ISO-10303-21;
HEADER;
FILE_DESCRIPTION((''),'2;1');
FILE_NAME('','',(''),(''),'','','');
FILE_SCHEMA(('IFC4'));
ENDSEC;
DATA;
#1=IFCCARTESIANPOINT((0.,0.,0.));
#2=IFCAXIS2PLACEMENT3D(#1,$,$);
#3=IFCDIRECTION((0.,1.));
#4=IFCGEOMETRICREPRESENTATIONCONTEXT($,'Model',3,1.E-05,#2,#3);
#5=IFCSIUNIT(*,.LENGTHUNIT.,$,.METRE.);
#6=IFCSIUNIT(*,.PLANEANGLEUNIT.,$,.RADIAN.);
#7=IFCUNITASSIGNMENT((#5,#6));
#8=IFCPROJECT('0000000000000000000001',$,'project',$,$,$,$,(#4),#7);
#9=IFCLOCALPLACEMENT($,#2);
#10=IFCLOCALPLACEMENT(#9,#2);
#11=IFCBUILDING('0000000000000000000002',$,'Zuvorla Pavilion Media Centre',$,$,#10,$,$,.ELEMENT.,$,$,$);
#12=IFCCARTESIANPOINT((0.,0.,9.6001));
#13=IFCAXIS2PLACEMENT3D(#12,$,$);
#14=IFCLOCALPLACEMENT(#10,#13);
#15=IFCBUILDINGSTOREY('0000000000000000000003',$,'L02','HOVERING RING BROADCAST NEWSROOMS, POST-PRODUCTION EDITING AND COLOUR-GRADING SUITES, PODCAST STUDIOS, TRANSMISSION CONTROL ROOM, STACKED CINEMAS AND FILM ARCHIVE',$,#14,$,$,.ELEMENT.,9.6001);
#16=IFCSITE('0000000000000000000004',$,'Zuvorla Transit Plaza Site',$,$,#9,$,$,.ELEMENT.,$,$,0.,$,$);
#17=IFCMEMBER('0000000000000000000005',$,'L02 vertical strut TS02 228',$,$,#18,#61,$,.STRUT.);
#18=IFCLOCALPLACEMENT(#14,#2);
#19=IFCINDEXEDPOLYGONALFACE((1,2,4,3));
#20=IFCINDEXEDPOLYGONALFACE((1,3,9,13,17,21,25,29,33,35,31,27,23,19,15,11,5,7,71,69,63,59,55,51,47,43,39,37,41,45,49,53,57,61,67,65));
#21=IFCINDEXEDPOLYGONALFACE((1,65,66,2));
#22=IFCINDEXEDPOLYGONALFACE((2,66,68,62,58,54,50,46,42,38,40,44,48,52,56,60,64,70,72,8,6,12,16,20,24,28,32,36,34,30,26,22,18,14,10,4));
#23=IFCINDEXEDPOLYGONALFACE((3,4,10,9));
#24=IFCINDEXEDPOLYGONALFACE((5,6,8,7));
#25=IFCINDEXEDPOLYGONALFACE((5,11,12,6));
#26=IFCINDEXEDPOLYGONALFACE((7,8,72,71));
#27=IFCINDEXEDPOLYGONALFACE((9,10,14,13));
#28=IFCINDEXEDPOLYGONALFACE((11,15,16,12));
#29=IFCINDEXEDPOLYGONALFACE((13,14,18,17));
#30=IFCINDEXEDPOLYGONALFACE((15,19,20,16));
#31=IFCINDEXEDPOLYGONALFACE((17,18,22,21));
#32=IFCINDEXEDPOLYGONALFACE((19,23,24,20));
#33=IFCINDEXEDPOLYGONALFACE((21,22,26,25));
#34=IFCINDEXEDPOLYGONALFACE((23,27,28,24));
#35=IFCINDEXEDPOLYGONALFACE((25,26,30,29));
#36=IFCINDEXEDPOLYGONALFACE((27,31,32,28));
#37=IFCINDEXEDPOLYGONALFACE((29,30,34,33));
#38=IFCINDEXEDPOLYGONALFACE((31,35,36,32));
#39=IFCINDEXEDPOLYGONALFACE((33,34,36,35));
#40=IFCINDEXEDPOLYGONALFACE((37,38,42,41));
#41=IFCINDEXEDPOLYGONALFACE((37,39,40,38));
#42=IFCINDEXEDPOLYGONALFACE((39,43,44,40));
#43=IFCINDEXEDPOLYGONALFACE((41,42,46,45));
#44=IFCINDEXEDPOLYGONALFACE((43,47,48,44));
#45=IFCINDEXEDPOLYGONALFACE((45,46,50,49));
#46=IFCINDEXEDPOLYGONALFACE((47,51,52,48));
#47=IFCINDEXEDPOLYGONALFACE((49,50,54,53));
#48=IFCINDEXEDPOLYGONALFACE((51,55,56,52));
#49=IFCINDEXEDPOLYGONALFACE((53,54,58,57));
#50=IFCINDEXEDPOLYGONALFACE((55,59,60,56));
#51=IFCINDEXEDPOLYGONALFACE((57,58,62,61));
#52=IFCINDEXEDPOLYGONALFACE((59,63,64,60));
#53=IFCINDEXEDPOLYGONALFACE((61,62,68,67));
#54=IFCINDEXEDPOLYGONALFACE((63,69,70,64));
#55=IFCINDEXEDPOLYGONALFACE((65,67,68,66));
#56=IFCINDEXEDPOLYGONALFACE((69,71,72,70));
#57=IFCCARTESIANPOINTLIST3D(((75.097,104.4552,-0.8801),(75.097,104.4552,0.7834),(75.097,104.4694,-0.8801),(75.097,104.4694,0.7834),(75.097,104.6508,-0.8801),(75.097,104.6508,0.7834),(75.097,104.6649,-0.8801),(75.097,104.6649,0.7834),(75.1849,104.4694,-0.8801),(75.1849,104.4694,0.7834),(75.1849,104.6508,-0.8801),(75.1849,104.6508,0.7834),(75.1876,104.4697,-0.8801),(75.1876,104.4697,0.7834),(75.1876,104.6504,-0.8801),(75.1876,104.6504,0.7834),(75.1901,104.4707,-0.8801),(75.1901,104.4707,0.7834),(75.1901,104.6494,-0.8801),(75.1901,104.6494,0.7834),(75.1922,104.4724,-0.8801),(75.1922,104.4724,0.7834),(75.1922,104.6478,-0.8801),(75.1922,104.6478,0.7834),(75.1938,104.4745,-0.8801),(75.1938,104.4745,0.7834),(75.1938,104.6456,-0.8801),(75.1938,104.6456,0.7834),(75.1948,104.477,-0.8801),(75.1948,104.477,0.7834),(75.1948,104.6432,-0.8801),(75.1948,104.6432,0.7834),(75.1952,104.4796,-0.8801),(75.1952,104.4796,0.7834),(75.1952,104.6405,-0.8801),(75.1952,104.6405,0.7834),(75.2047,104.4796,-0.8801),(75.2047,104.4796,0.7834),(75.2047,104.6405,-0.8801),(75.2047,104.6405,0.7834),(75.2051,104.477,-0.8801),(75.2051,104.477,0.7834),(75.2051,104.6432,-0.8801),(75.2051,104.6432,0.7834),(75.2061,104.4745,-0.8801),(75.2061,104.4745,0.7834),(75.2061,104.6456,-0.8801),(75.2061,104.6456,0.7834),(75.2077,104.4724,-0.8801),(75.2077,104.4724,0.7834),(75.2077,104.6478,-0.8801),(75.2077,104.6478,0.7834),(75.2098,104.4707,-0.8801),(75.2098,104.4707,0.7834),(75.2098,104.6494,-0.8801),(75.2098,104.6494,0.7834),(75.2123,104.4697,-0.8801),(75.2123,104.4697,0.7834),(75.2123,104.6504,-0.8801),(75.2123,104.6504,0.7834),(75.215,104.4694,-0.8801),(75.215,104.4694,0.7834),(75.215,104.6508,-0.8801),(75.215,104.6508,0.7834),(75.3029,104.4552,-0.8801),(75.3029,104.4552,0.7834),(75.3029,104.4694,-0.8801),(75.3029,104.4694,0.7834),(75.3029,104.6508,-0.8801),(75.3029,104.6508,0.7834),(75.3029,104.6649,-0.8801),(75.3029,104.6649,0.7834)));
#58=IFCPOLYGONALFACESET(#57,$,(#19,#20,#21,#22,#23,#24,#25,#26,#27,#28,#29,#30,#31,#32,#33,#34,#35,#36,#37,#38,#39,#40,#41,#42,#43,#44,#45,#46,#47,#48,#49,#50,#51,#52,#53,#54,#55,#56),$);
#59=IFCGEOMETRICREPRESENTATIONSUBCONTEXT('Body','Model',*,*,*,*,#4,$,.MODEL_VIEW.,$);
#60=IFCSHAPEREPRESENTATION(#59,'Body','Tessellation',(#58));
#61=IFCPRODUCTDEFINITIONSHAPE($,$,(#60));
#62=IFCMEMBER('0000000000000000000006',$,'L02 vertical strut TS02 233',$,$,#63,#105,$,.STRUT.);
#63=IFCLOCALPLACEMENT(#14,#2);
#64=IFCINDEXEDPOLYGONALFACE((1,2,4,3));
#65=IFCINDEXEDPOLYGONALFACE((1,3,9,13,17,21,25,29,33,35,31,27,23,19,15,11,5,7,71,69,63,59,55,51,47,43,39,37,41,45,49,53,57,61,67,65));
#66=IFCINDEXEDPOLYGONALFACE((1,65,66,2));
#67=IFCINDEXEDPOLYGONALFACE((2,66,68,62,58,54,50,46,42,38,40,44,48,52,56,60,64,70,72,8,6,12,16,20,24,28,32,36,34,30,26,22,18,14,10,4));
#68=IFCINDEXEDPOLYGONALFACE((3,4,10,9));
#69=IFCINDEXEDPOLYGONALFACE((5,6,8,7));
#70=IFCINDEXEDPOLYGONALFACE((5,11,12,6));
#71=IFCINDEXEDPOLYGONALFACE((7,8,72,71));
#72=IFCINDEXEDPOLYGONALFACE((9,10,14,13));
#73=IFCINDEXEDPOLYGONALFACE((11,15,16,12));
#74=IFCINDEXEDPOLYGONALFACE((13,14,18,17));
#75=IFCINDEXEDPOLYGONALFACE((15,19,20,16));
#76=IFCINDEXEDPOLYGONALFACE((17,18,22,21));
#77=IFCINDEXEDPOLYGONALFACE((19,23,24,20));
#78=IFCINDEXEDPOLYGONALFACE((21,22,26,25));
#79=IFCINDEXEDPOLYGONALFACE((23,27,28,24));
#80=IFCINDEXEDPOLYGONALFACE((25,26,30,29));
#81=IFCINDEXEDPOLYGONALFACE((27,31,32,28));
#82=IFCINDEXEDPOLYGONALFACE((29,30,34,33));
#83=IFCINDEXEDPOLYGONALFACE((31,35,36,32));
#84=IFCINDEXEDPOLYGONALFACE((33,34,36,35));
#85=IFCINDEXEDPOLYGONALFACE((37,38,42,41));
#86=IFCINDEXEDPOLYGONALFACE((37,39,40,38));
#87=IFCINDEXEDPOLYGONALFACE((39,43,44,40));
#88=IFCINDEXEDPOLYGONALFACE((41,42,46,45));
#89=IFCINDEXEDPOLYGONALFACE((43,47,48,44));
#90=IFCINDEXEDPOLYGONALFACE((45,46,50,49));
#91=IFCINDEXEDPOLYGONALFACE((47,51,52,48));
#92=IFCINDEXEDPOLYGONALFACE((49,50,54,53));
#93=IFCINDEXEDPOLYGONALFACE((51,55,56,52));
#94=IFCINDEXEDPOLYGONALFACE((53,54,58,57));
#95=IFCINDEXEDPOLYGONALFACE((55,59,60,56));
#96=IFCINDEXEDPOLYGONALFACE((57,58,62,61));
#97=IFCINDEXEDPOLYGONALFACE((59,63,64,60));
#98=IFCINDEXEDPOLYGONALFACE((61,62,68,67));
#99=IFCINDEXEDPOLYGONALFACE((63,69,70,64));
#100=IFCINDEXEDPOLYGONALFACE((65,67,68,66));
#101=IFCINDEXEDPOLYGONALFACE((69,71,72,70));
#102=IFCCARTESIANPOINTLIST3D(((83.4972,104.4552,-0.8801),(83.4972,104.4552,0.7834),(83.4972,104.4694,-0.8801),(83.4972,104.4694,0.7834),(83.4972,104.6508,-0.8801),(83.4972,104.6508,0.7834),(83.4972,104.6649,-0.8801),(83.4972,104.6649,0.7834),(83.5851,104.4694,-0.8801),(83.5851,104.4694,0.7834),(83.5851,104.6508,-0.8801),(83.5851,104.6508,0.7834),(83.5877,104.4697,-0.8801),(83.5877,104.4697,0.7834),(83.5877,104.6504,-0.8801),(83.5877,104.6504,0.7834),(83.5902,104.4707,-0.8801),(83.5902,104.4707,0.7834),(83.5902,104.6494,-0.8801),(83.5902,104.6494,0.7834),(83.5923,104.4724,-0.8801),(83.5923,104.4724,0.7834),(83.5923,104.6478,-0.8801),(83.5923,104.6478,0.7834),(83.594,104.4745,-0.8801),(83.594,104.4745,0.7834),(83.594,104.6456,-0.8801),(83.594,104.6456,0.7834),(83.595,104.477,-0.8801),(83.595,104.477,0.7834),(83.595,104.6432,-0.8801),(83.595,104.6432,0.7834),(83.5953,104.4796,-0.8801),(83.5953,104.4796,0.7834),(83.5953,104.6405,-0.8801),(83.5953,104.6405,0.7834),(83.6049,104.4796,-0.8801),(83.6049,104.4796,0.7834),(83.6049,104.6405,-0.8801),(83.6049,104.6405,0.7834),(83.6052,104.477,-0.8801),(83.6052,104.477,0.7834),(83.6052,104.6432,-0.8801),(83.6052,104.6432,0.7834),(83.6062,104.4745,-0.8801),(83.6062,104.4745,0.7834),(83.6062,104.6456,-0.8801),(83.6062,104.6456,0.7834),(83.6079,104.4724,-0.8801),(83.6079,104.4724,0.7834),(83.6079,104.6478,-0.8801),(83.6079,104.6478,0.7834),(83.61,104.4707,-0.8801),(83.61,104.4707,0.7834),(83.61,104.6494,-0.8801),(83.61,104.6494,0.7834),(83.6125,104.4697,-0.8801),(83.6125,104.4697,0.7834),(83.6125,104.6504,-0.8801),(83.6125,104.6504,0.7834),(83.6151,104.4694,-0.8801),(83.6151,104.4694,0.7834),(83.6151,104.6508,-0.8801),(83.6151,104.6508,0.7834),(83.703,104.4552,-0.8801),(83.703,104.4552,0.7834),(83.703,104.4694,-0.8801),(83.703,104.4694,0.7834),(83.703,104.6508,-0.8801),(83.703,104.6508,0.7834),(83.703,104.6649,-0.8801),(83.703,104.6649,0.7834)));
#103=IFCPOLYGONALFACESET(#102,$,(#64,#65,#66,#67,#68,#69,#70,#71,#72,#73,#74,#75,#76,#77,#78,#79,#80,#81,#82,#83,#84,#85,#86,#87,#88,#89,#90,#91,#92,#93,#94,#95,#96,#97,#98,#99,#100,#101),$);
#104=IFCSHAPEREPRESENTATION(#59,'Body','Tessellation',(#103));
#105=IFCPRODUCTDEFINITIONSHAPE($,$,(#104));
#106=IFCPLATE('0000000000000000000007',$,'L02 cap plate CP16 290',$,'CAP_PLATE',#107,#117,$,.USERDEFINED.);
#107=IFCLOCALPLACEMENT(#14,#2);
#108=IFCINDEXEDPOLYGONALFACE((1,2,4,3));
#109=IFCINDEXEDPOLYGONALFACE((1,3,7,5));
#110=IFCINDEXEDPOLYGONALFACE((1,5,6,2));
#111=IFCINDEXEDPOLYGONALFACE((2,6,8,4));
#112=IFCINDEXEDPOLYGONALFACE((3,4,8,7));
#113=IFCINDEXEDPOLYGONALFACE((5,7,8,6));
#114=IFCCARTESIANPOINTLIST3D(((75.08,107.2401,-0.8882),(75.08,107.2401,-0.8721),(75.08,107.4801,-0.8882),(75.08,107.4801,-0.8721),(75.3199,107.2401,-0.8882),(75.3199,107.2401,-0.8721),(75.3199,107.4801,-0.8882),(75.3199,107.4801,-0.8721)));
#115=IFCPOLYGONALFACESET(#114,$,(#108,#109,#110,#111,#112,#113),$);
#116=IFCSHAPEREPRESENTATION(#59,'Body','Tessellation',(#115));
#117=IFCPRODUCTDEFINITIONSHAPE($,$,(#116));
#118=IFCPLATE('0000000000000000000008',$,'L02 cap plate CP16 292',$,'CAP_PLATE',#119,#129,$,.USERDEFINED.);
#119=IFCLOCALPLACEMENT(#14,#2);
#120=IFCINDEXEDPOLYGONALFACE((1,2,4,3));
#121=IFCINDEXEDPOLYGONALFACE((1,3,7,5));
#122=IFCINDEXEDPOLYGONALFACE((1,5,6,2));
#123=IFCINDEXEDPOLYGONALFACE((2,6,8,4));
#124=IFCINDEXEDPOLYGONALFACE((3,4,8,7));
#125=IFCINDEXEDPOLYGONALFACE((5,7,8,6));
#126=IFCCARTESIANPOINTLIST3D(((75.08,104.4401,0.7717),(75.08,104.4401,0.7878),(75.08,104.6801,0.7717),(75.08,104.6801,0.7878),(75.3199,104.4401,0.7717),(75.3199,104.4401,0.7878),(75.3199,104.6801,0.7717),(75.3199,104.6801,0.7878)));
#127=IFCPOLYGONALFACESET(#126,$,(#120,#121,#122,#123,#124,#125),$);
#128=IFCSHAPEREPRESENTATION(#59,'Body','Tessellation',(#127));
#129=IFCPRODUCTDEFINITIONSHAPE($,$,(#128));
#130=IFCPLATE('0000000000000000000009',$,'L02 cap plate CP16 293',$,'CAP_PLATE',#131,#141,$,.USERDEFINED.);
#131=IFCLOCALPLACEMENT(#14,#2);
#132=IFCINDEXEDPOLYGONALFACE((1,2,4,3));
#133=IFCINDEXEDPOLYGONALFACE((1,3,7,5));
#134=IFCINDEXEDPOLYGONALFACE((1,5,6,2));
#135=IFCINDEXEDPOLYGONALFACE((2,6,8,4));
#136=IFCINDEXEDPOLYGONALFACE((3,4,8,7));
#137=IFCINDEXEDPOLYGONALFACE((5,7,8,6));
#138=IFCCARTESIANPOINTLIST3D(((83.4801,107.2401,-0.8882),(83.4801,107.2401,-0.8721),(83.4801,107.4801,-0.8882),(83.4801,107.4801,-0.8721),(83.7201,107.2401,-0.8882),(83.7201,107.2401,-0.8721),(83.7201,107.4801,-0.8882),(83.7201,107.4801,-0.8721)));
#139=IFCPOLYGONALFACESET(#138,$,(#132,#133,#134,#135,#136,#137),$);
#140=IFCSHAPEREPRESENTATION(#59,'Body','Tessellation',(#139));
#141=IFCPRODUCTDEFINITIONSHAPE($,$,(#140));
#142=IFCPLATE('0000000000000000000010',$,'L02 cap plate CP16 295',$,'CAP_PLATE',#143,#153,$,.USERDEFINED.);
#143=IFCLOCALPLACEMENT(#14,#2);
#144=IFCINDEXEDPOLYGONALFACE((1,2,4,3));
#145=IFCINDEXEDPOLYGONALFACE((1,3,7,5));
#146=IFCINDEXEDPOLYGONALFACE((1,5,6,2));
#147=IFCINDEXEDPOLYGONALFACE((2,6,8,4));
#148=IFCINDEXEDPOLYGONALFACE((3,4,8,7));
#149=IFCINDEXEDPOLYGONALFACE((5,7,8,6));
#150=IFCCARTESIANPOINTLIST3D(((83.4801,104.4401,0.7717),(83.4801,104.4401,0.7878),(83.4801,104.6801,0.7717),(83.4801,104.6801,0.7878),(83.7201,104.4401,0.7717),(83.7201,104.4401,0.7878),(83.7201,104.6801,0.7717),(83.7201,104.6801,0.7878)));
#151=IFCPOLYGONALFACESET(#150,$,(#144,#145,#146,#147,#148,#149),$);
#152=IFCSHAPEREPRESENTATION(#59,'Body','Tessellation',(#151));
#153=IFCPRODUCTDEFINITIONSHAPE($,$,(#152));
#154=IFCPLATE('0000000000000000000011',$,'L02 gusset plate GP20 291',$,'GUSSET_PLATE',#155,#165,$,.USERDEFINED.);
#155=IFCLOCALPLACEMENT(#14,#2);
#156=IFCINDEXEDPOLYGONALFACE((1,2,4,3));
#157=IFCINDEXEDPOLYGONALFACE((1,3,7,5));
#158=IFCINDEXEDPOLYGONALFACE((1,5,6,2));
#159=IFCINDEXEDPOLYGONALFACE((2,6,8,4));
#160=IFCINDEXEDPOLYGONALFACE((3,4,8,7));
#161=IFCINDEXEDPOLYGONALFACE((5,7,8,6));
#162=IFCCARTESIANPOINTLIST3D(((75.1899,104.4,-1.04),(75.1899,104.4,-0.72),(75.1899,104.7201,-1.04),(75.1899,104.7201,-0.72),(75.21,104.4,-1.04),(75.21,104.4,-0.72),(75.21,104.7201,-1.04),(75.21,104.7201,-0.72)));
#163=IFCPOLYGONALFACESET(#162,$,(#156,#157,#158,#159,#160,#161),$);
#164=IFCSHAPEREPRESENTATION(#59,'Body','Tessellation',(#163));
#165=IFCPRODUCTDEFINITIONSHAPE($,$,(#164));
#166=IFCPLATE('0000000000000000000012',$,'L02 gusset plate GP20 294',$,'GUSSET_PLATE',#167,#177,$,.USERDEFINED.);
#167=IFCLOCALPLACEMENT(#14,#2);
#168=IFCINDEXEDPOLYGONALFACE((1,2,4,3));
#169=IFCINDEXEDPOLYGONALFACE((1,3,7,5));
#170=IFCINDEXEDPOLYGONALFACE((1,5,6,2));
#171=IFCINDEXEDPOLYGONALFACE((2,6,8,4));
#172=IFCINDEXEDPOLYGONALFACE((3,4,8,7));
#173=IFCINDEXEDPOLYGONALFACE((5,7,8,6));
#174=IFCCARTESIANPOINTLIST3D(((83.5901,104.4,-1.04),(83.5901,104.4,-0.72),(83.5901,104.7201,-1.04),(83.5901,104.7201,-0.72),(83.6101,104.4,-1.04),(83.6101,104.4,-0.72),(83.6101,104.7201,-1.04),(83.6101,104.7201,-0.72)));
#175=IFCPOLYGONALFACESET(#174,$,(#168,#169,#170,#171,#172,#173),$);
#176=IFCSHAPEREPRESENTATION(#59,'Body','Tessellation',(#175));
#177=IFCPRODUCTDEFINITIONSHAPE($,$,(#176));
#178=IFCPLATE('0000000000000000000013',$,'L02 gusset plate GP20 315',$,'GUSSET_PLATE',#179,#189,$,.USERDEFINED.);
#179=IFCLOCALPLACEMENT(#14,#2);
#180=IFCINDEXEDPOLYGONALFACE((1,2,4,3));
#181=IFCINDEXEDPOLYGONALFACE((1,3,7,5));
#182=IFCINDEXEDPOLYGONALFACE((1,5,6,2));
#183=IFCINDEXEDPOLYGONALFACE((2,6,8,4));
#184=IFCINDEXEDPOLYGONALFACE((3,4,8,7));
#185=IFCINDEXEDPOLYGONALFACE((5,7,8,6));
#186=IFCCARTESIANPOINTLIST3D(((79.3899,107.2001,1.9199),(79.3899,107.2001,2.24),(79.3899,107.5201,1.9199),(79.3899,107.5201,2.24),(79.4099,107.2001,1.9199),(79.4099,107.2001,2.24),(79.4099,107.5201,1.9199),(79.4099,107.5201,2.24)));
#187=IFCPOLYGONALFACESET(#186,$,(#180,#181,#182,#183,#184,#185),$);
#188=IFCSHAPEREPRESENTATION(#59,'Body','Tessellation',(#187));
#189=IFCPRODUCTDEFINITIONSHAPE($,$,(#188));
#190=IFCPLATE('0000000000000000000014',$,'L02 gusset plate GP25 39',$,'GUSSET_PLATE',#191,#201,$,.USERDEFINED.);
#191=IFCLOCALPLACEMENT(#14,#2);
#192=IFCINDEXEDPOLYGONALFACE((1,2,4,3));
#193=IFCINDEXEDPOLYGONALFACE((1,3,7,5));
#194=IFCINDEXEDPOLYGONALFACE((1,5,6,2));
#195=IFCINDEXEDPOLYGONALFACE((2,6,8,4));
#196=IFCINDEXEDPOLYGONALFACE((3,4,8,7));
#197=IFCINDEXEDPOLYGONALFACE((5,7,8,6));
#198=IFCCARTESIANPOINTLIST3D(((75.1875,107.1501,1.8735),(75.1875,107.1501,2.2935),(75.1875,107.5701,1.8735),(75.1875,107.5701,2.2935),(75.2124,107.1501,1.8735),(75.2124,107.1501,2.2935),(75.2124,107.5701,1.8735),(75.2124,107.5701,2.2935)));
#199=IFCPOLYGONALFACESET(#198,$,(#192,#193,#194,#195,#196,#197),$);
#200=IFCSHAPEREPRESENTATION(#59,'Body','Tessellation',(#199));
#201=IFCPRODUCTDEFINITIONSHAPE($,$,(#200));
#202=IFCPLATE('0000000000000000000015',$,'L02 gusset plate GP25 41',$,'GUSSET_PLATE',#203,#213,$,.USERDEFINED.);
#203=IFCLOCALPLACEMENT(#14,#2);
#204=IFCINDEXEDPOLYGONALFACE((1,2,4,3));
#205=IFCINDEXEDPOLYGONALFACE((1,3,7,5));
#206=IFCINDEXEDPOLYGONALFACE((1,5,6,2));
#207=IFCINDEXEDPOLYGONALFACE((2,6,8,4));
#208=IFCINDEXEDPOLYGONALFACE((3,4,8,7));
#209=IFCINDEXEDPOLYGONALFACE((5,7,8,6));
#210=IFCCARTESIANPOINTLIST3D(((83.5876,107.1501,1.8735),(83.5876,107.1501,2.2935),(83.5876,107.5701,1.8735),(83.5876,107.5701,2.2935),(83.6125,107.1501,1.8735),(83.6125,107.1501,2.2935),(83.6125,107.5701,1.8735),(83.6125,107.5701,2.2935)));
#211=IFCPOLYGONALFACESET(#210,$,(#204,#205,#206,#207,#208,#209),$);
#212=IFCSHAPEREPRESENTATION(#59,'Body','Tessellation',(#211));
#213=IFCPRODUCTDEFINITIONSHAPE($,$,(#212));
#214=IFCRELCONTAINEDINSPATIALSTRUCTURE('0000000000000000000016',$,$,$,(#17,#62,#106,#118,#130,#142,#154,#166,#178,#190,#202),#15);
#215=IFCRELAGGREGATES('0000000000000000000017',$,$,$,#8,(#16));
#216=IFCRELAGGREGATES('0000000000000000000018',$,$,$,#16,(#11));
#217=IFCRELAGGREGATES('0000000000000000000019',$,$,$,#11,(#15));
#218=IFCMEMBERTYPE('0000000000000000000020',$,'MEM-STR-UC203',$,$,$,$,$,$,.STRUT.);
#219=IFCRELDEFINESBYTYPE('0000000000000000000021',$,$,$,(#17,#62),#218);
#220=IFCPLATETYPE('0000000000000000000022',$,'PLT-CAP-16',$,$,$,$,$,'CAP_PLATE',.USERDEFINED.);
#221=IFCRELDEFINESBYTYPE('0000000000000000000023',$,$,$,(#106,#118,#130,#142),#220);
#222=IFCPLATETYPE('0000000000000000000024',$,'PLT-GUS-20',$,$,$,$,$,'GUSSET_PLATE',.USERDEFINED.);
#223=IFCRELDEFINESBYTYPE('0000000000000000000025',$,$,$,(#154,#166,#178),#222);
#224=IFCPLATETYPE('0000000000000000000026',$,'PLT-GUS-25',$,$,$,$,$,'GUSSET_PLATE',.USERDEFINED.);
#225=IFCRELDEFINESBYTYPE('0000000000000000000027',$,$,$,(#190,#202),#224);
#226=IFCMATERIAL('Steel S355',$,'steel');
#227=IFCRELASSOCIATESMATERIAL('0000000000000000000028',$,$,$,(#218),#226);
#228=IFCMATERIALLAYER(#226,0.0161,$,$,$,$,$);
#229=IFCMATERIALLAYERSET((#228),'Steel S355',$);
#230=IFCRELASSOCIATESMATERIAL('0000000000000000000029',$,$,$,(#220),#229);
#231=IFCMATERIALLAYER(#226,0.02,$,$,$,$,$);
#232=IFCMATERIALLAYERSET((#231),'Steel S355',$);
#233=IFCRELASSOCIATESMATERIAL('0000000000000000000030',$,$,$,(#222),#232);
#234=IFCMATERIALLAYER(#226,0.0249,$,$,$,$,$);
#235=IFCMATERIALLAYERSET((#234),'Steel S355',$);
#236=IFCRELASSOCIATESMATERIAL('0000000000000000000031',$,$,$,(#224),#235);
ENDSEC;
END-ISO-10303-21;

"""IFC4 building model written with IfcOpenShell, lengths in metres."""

from ifc_helpers import new_model, si_unit, direction, frame, origin, origin_2d, place, context, subcontext, project, spatial, rectangle, i_section, extrude, material, layer, layer_set, material_profile, profile_set, type_object, element, save


model = new_model("IFC4")

# Units and contexts
model_context = context("Model", 3, precision=1e-05, world=origin(), true_north=direction((0.0, 1.0)))
body_context = subcontext(model_context, "Body", "Model", "MODEL_VIEW")
ifc_project = project(units=[si_unit("LENGTHUNIT", "METRE"), si_unit("PLANEANGLEUNIT", "RADIAN")], contexts=[model_context])

# Site, building, storey
site_placement = place(None, origin())
site = spatial("IfcSite", under=ifc_project, at=site_placement, Name="Zuvorla Transit Plaza Site", CompositionType="ELEMENT", RefElevation=0.0)
building_placement = place(site_placement, origin())
building = spatial("IfcBuilding", under=site, at=building_placement, Name="Zuvorla Pavilion Media Centre", CompositionType="ELEMENT")
storey_placement = place(building_placement, frame((0.0, 0.0, 9.6001)))
storey = spatial("IfcBuildingStorey", under=building, at=storey_placement, Name="L02", Description="HOVERING RING BROADCAST NEWSROOMS, POST-PRODUCTION EDITING AND COLOUR-GRADING SUITES, PODCAST STUDIOS, TRANSMISSION CONTROL ROOM, STACKED CINEMAS AND FILM ARCHIVE", CompositionType="ELEMENT", Elevation=9.6001)

# Shared definitions
ifc_material = material(Name="Steel S355", Category="steel")

# Members
ifc_material_profile_1 = material_profile(ifc_material, i_section(OverallWidth=0.2058, OverallDepth=0.2097, WebThickness=0.0095, FlangeThickness=0.0142, FilletRadius=0.0103, at=origin_2d()), Name="UC 203x203x60")
ifc_profile_set_1 = profile_set([ifc_material_profile_1], Name="Steel S355")
member_type_1 = type_object("IfcMemberType", Name="MEM-STR-UC203", PredefinedType="STRUT", material=ifc_profile_set_1)
for number, where, z_axis, x_axis, name in (
    (1, (75.2, 104.5601, -0.8801), (0.0, 0.0, 1.0), (1.0, 0.0, 0.0), "L02 vertical strut TS02 228"),
    (2, (83.6001, 104.5601, -0.8801), (0.0, 0.0, 1.0), (1.0, 0.0, 0.0), "L02 vertical strut TS02 233"),
):
    element("IfcMember", number, at=place(storey_placement, frame(where, z_axis=z_axis, x_axis=x_axis)), inside=storey, type_object=member_type_1, Name=name, PredefinedType="STRUT", context=body_context, shape_type="SweptSolid", body=[
        extrude(i_section(OverallWidth=0.2058, OverallDepth=0.2097, WebThickness=0.0095, FlangeThickness=0.0142, FilletRadius=0.0103, at=origin_2d()), origin(), (0.0, 0.0, 1.0), 1.6636),
    ])

# Plates
ifc_layer_1 = layer(ifc_material, 0.0161)
ifc_layer_set_1 = layer_set([ifc_layer_1], Name="Steel S355")
plate_type_1 = type_object("IfcPlateType", Name="PLT-CAP-16", ElementType="CAP_PLATE", PredefinedType="USERDEFINED", material=ifc_layer_set_1)
for number, where, z_axis, x_axis, name in (
    (3, (75.2, 107.3601, -0.8882), (0.0, 0.0, 1.0), (1.0, 0.0, 0.0), "L02 cap plate CP16 290"),
    (4, (75.2, 104.5601, 0.7717), (0.0, 0.0, 1.0), (1.0, 0.0, 0.0), "L02 cap plate CP16 292"),
    (5, (83.6001, 107.3601, -0.8882), (0.0, 0.0, 1.0), (1.0, 0.0, 0.0), "L02 cap plate CP16 293"),
    (6, (83.6001, 104.5601, 0.7717), (0.0, 0.0, 1.0), (1.0, 0.0, 0.0), "L02 cap plate CP16 295"),
):
    element("IfcPlate", number, at=place(storey_placement, frame(where, z_axis=z_axis, x_axis=x_axis)), inside=storey, type_object=plate_type_1, Name=name, ObjectType="CAP_PLATE", PredefinedType="USERDEFINED", context=body_context, shape_type="SweptSolid", body=[
        extrude(rectangle(XDim=0.24, YDim=0.24, at=origin_2d()), origin(), (0.0, 0.0, 1.0), 0.0161),
    ])
ifc_layer_2 = layer(ifc_material, 0.02)
ifc_layer_set_2 = layer_set([ifc_layer_2], Name="Steel S355")
plate_type_2 = type_object("IfcPlateType", Name="PLT-GUS-20", ElementType="GUSSET_PLATE", PredefinedType="USERDEFINED", material=ifc_layer_set_2)
for number, where, z_axis, x_axis, name in (
    (7, (75.2, 104.5601, -1.04), (0.0, 0.0, 1.0), (1.0, 0.0, 0.0), "L02 gusset plate GP20 291"),
    (8, (83.6001, 104.5601, -1.04), (0.0, 0.0, 1.0), (1.0, 0.0, 0.0), "L02 gusset plate GP20 294"),
    (9, (79.3999, 107.3601, 1.9199), (0.0, 0.0, 1.0), (1.0, 0.0, 0.0), "L02 gusset plate GP20 315"),
):
    element("IfcPlate", number, at=place(storey_placement, frame(where, z_axis=z_axis, x_axis=x_axis)), inside=storey, type_object=plate_type_2, Name=name, ObjectType="GUSSET_PLATE", PredefinedType="USERDEFINED", context=body_context, shape_type="SweptSolid", body=[
        extrude(rectangle(XDim=0.02, YDim=0.3201, at=origin_2d()), origin(), (0.0, 0.0, 1.0), 0.3201),
    ])
ifc_layer_3 = layer(ifc_material, 0.0249)
ifc_layer_set_3 = layer_set([ifc_layer_3], Name="Steel S355")
plate_type_3 = type_object("IfcPlateType", Name="PLT-GUS-25", ElementType="GUSSET_PLATE", PredefinedType="USERDEFINED", material=ifc_layer_set_3)
for number, where, z_axis, x_axis, name in (
    (10, (75.2, 107.3601, 1.8735), (0.0, 0.0, 1.0), (1.0, 0.0, 0.0), "L02 gusset plate GP25 39"),
    (11, (83.6001, 107.3601, 1.8735), (0.0, 0.0, 1.0), (1.0, 0.0, 0.0), "L02 gusset plate GP25 41"),
):
    element("IfcPlate", number, at=place(storey_placement, frame(where, z_axis=z_axis, x_axis=x_axis)), inside=storey, type_object=plate_type_3, Name=name, ObjectType="GUSSET_PLATE", PredefinedType="USERDEFINED", context=body_context, shape_type="SweptSolid", body=[
        extrude(rectangle(XDim=0.0249, YDim=0.4199, at=origin_2d()), origin(), (0.0, 0.0, 1.0), 0.4199),
    ])

save(model, "model.ifc")
